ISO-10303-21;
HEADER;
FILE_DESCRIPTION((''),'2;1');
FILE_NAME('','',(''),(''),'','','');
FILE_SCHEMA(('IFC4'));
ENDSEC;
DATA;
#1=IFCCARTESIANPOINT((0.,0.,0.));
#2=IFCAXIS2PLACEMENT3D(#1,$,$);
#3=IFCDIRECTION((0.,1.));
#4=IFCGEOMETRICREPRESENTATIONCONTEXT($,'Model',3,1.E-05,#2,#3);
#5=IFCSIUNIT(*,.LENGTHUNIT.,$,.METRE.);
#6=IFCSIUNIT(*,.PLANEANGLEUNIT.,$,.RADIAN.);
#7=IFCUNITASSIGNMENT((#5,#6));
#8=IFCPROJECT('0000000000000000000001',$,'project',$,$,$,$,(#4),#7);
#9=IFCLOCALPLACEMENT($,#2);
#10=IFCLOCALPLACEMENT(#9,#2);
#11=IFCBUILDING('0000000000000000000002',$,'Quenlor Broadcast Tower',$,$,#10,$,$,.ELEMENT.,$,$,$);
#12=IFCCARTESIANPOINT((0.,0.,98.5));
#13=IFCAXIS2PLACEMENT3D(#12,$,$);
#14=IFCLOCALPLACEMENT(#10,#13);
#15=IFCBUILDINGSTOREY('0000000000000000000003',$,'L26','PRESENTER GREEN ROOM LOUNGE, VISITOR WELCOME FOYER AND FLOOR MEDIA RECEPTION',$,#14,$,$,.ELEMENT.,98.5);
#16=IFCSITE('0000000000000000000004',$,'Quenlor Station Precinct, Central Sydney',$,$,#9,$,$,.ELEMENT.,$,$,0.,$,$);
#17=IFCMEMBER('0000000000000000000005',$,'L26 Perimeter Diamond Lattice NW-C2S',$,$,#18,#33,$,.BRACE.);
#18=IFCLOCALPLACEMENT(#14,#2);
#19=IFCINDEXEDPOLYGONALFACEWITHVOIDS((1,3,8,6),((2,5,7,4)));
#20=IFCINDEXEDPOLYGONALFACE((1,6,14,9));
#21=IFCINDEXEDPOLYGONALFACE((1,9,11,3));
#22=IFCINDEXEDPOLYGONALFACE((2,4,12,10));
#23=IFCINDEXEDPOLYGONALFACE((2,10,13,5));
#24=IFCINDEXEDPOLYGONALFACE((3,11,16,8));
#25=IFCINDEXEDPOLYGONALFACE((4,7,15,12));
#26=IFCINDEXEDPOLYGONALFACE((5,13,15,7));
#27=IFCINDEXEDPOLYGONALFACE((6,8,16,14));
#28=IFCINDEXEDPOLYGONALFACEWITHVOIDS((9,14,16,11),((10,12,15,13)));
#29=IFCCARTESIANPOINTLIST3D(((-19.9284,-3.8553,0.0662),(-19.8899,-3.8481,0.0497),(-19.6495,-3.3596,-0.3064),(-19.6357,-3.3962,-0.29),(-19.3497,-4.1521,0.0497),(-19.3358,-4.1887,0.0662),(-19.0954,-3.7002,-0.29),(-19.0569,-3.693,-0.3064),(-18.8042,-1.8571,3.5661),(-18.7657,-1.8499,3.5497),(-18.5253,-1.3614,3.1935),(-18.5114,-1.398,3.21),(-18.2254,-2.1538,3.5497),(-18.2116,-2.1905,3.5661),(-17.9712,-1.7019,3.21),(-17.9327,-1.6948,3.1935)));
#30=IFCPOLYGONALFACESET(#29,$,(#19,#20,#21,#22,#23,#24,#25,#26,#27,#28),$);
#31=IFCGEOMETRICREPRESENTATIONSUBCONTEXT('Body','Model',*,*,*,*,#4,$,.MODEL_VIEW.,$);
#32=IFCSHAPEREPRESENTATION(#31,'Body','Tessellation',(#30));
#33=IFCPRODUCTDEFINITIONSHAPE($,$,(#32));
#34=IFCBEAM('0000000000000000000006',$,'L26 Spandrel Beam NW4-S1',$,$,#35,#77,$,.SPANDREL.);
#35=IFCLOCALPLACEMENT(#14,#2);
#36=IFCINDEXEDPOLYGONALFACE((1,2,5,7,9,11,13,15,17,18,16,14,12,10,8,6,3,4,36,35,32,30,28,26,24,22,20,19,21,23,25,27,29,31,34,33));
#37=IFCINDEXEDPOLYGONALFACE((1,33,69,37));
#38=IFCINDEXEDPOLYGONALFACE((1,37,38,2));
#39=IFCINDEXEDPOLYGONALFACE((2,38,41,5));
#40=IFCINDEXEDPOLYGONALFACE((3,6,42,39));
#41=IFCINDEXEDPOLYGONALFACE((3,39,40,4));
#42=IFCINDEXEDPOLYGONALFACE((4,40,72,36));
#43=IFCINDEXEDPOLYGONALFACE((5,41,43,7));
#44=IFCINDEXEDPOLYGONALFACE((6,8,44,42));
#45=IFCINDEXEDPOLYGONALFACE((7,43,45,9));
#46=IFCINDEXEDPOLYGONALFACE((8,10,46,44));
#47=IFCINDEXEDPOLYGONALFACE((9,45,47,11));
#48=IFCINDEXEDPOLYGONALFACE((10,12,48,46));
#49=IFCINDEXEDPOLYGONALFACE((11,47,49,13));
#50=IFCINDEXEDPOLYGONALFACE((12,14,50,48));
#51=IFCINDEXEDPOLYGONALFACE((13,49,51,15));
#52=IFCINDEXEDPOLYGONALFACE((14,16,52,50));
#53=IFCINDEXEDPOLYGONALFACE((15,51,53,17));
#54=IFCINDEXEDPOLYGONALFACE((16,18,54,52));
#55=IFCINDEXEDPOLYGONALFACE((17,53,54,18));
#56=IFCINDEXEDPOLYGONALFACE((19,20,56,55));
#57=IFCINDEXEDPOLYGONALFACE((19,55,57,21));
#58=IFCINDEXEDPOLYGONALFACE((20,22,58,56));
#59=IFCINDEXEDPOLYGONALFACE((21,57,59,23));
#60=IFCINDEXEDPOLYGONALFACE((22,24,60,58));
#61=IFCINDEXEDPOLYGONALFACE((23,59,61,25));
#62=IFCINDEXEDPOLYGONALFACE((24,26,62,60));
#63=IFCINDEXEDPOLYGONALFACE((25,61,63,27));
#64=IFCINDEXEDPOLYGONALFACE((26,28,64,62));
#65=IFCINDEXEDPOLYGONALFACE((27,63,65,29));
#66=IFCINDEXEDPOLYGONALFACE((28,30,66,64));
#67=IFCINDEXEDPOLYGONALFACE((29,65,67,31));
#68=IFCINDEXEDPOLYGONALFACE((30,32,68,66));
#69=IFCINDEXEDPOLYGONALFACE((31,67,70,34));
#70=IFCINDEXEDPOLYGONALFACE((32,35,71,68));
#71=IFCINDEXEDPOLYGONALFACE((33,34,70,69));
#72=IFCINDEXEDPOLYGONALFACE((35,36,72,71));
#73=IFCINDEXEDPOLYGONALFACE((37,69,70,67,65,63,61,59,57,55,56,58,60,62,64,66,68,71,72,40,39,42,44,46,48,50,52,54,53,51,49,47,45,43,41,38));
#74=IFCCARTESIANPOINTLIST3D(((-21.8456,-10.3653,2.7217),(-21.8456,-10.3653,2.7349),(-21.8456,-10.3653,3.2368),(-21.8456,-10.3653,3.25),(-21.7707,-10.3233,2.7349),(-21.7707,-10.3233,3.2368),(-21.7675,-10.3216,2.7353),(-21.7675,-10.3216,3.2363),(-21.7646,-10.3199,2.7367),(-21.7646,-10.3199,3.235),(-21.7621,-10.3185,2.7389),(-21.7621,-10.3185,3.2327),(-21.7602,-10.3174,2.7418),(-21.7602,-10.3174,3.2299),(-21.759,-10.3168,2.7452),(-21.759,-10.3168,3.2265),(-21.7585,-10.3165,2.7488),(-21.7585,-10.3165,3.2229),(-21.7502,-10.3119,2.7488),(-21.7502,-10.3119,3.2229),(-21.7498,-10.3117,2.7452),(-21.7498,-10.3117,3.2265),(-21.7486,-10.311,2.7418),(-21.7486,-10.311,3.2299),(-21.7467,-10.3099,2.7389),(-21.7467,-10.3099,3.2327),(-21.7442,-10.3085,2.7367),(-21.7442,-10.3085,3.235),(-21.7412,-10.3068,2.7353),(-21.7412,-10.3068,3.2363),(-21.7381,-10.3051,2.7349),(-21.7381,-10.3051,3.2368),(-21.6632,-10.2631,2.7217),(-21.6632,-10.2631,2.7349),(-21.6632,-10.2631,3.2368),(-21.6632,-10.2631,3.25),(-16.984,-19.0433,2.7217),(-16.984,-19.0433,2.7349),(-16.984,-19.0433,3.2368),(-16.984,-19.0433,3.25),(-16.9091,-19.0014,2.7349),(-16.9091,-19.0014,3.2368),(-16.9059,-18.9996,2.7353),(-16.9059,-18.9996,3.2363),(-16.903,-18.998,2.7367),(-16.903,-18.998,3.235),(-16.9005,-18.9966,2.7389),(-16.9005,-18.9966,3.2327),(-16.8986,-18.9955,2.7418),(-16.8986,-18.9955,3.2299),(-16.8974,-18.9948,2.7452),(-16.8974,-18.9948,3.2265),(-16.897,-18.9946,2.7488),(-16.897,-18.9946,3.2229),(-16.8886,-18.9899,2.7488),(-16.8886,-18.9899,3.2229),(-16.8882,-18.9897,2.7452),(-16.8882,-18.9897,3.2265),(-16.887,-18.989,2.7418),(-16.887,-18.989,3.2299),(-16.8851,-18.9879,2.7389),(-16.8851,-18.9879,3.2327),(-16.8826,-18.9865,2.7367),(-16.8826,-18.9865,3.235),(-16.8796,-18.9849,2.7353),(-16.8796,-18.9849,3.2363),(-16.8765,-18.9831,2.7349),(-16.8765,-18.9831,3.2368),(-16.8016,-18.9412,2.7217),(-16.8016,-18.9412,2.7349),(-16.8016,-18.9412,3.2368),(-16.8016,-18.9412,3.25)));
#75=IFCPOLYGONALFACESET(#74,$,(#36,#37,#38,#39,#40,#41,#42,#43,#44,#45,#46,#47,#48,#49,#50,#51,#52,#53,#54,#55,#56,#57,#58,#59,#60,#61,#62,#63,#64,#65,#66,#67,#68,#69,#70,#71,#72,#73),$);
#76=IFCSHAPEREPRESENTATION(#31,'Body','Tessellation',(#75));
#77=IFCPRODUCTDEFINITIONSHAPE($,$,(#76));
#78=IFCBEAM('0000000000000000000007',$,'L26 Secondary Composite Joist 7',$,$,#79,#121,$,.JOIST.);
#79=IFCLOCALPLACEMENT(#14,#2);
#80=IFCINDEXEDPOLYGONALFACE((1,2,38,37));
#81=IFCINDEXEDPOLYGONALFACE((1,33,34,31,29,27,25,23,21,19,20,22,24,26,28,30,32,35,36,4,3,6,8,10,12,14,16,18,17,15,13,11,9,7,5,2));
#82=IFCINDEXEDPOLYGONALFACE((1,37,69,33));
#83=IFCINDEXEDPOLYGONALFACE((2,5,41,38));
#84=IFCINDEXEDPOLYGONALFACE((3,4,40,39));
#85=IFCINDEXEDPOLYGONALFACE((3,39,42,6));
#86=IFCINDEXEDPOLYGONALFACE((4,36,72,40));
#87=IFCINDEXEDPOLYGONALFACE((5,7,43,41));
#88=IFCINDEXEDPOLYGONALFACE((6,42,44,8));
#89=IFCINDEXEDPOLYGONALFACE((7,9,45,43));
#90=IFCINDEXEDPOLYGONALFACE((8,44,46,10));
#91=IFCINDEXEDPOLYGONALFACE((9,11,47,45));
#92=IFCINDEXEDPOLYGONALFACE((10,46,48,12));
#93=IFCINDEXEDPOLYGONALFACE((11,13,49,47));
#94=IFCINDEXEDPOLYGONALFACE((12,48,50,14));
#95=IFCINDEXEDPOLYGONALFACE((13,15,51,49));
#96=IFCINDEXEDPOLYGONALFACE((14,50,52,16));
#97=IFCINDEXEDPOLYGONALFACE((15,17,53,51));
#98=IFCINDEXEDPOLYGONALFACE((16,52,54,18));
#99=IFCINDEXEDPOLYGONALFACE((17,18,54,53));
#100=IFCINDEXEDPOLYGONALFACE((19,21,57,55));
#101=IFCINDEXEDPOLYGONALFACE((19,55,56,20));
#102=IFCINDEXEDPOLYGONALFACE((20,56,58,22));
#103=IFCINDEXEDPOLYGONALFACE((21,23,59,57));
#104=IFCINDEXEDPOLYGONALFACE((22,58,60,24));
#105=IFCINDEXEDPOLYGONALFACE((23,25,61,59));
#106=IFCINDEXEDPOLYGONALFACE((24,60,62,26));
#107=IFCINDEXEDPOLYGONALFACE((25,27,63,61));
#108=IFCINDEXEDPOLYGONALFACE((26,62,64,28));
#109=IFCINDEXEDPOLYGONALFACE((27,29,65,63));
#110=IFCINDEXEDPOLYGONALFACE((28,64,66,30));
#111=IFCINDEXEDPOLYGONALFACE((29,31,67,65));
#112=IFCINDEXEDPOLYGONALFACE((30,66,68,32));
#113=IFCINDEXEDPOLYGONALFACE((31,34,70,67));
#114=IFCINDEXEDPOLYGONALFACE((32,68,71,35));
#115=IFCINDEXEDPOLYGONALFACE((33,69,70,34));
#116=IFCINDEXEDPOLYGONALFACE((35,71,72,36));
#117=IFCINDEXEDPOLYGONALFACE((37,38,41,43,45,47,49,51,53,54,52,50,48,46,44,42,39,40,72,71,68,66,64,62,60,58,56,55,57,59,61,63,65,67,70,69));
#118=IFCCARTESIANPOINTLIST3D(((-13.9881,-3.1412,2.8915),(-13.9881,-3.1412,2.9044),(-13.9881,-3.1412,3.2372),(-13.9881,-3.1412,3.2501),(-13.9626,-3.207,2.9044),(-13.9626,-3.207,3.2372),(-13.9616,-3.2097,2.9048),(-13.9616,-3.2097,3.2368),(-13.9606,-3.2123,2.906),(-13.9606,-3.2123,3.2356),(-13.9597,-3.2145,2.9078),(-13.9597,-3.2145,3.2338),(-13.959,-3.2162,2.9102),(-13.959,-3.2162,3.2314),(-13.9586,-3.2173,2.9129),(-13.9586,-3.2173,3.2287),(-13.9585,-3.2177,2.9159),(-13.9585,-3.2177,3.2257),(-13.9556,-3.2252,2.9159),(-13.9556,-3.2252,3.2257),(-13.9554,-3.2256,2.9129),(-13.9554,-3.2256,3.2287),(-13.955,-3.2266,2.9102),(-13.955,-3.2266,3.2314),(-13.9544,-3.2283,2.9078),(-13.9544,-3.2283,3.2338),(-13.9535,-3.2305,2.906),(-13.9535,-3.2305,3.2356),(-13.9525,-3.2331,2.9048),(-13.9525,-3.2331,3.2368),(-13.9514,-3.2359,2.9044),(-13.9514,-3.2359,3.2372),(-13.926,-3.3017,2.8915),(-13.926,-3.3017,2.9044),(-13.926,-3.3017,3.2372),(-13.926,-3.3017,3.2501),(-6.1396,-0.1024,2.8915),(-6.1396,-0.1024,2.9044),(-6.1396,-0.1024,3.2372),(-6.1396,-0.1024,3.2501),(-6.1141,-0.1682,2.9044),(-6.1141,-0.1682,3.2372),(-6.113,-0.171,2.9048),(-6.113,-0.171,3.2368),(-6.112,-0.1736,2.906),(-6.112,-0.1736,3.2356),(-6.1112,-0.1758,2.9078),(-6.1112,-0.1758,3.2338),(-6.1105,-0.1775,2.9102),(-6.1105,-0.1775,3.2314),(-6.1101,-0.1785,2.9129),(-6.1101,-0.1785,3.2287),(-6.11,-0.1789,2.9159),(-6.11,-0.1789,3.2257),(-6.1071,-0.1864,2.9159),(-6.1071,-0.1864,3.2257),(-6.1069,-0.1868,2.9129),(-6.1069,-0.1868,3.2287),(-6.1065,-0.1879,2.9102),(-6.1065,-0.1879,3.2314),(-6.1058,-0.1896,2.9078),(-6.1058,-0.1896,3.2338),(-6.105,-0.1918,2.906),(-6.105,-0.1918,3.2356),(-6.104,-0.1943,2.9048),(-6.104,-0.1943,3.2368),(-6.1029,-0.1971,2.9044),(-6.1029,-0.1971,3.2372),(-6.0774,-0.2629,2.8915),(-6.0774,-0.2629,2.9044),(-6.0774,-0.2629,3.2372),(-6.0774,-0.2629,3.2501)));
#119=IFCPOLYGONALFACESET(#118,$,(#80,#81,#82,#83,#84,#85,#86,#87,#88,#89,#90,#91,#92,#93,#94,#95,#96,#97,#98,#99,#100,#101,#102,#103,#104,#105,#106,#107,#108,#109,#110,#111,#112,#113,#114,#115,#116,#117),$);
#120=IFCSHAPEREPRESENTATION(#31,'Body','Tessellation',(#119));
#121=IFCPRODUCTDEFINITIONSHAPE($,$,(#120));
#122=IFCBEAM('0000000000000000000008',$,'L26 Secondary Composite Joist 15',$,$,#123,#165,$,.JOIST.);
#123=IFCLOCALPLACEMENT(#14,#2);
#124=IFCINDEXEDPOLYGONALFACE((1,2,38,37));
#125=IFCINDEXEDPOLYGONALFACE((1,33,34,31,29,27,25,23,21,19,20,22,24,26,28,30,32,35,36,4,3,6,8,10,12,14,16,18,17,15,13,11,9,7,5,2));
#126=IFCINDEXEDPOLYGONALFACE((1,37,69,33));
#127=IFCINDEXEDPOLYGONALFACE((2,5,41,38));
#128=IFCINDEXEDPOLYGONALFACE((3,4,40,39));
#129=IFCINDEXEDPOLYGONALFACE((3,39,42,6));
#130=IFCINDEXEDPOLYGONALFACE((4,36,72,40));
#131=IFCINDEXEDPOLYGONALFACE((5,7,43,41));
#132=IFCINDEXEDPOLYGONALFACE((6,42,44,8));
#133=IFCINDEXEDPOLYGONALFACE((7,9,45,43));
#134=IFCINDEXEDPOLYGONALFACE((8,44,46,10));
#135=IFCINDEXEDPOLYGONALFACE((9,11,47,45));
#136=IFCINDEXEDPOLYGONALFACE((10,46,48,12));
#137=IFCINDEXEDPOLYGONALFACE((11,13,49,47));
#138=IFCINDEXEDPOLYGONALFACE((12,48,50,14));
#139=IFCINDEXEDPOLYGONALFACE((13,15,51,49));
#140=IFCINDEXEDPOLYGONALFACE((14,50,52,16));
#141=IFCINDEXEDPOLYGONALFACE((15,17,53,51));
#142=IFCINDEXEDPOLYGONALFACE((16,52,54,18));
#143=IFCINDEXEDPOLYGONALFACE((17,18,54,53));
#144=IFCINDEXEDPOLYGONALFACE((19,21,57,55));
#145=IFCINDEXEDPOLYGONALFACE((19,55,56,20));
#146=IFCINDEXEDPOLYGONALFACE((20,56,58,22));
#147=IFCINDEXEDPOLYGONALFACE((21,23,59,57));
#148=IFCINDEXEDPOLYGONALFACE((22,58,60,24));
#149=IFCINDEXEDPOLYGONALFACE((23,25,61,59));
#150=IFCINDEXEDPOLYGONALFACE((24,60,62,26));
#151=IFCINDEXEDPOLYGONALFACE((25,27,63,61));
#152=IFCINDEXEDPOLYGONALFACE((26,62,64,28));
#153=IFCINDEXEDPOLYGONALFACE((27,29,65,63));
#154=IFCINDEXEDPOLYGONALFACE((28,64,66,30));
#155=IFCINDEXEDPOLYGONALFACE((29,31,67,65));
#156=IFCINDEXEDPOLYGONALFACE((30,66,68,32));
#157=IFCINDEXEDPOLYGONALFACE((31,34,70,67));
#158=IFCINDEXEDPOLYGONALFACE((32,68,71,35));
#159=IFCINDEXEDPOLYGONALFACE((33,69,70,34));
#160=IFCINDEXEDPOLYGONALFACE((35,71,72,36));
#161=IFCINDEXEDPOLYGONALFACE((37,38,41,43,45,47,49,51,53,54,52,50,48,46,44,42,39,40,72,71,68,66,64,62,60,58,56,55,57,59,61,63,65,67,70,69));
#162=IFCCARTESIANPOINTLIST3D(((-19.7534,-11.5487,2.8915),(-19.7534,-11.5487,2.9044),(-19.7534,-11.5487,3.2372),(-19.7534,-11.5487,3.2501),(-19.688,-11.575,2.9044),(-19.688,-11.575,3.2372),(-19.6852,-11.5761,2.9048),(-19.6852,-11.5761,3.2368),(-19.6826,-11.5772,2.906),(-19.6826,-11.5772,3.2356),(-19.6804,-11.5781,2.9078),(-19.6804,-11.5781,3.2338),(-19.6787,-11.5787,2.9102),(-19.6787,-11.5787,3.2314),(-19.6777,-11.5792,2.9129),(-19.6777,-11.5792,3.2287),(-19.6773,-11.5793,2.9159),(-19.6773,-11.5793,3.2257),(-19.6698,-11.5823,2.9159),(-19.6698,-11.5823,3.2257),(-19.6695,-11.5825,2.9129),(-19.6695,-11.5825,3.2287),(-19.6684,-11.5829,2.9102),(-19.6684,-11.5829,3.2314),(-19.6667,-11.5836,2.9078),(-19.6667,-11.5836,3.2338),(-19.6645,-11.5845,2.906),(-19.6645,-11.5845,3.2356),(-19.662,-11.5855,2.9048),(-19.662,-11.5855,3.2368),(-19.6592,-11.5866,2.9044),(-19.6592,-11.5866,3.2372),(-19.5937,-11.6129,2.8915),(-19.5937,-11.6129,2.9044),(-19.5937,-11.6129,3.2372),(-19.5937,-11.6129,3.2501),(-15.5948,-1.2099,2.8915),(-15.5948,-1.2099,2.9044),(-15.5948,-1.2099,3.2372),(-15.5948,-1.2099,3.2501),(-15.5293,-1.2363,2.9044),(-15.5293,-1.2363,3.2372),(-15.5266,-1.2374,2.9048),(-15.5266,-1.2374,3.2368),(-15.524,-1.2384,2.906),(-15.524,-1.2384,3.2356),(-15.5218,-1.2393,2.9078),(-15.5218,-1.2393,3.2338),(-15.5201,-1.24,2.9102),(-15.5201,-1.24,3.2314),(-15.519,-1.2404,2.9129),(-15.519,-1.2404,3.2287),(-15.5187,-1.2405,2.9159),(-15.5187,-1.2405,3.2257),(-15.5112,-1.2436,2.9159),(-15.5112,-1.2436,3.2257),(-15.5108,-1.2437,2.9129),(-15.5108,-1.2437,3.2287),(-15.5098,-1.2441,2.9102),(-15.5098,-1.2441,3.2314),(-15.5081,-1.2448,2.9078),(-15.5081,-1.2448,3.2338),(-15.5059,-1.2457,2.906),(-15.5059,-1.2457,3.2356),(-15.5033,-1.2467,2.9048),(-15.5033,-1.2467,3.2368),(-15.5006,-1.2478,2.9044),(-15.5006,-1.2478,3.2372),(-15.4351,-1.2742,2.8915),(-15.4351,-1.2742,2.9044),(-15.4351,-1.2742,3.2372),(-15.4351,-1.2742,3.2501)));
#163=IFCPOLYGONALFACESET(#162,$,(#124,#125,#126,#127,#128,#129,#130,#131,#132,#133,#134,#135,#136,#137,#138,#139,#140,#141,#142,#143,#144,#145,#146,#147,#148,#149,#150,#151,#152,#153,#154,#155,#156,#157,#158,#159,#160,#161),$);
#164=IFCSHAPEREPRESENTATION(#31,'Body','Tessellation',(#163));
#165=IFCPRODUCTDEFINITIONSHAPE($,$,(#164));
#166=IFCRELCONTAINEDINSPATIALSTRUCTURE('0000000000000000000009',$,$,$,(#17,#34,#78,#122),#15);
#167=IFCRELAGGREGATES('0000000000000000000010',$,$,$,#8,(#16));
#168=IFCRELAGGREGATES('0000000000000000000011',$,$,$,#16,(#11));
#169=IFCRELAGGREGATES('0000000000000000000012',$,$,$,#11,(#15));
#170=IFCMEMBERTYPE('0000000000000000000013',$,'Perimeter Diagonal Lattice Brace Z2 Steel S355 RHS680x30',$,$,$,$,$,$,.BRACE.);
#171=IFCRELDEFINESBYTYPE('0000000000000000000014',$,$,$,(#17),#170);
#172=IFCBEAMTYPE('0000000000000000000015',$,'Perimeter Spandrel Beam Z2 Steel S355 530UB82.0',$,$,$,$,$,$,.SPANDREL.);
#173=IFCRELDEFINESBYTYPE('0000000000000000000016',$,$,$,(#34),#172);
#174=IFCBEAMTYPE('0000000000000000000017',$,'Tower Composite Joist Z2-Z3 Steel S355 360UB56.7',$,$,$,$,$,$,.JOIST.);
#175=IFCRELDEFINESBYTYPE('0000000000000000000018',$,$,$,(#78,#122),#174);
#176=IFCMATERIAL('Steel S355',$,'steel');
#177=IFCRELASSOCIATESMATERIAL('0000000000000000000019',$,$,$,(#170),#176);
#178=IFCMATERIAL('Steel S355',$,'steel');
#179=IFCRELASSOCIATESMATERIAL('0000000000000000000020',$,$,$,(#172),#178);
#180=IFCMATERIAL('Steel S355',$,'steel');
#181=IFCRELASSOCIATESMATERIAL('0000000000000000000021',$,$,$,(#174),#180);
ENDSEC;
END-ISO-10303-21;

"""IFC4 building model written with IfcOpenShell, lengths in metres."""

from ifc_helpers import new_model, si_unit, direction, frame, origin, origin_2d, place, context, subcontext, project, spatial, hollow_rectangle, i_section, extrude, material, material_profile, profile_set, type_object, element, save


model = new_model("IFC4")

# Units and contexts
model_context = context("Model", 3, precision=1e-05, world=origin(), true_north=direction((0.0, 1.0)))
body_context = subcontext(model_context, "Body", "Model", "MODEL_VIEW")
ifc_project = project(units=[si_unit("LENGTHUNIT", "METRE"), si_unit("PLANEANGLEUNIT", "RADIAN")], contexts=[model_context])

# Site, building, storey
site_placement = place(None, origin())
site = spatial("IfcSite", under=ifc_project, at=site_placement, Name="Quenlor Station Precinct, Central Sydney", CompositionType="ELEMENT", RefElevation=0.0)
building_placement = place(site_placement, origin())
building = spatial("IfcBuilding", under=site, at=building_placement, Name="Quenlor Broadcast Tower", CompositionType="ELEMENT")
storey_placement = place(building_placement, frame((0.0, 0.0, 98.5)))
storey = spatial("IfcBuildingStorey", under=building, at=storey_placement, Name="L26", Description="PRESENTER GREEN ROOM LOUNGE, VISITOR WELCOME FOYER AND FLOOR MEDIA RECEPTION", CompositionType="ELEMENT", Elevation=98.5)

# Member
ifc_material_1 = material(Name="Steel S355", Category="steel")
ifc_material_profile_1 = material_profile(ifc_material_1, hollow_rectangle(XDim=0.6799, YDim=0.6799, WallThickness=0.03, at=origin_2d()))
ifc_profile_set_1 = profile_set([ifc_material_profile_1], Name="Steel S355 RHS680x680x30")
member_type_1 = type_object("IfcMemberType", Name="Perimeter Diagonal Lattice Brace Z2 Steel S355 RHS680x30", PredefinedType="BRACE", material=ifc_profile_set_1)
for number, where, z_axis, x_axis, name in (
    (1, (-19.4927, -3.7742, -0.1201), (0.268697, 0.477585, 0.836489), (-0.871533, 0.490337, 0.0), "L26 Perimeter Diamond Lattice NW-C2S"),
):
    element("IfcMember", number, at=place(storey_placement, frame(where, z_axis=z_axis, x_axis=x_axis)), inside=storey, type_object=member_type_1, Name=name, PredefinedType="BRACE", context=body_context, shape_type="SweptSolid", body=[
        extrude(hollow_rectangle(XDim=0.6799, YDim=0.6799, WallThickness=0.03, at=origin_2d()), origin(), (0.0, 0.0, 1.0), 4.1841),
    ])

# Beams
ifc_material_2 = material(Name="Steel S355", Category="steel")
ifc_material_profile_2 = material_profile(ifc_material_2, i_section(OverallWidth=0.209, OverallDepth=0.5283, WebThickness=0.0095, FlangeThickness=0.0132, FilletRadius=0.0139, at=origin_2d()))
ifc_profile_set_2 = profile_set([ifc_material_profile_2], Name="Steel S355 530UB82.0")
beam_type_1 = type_object("IfcBeamType", Name="Perimeter Spandrel Beam Z2 Steel S355 530UB82.0", PredefinedType="SPANDREL", material=ifc_profile_set_2)
beam_1_placement = place(storey_placement, frame((-21.7544, -10.3142, 2.9858), z_axis=(0.488749, -0.872424, 0.0), x_axis=(0.872424, 0.488749, 0.0)))
element("IfcBeam", 2, at=beam_1_placement, inside=storey, type_object=beam_type_1, Name="L26 Spandrel Beam NW4-S1", PredefinedType="SPANDREL", context=body_context, shape_type="SweptSolid", body=[
    extrude(i_section(OverallWidth=0.209, OverallDepth=0.5283, WebThickness=0.0095, FlangeThickness=0.0132, FilletRadius=0.0139, at=origin_2d()), origin(), (0.0, 0.0, 1.0), 9.947),
])
ifc_material_3 = material(Name="Steel S355", Category="steel")
ifc_material_profile_3 = material_profile(ifc_material_3, i_section(OverallWidth=0.1721, OverallDepth=0.3586, WebThickness=0.0081, FlangeThickness=0.0129, FilletRadius=0.0115, at=origin_2d()))
ifc_profile_set_3 = profile_set([ifc_material_profile_3], Name="Steel S355 360UB56.7")
beam_type_2 = type_object("IfcBeamType", Name="Tower Composite Joist Z2-Z3 Steel S355 360UB56.7", PredefinedType="JOIST", material=ifc_profile_set_3)
beam_2_placement = place(storey_placement, frame((-13.957, -3.2214, 3.0708), z_axis=(0.932543, 0.36106, 0.0), x_axis=(-0.36106, 0.932543, 0.0)))
element("IfcBeam", 3, at=beam_2_placement, inside=storey, type_object=beam_type_2, Name="L26 Secondary Composite Joist 7", PredefinedType="JOIST", context=body_context, shape_type="SweptSolid", body=[
    extrude(i_section(OverallWidth=0.1721, OverallDepth=0.3586, WebThickness=0.0081, FlangeThickness=0.0129, FilletRadius=0.0115, at=origin_2d()), origin(), (0.0, 0.0, 1.0), 8.4163),
])
beam_3_placement = place(storey_placement, frame((-19.6736, -11.5808, 3.0708), z_axis=(0.37318, 0.927759, 0.0), x_axis=(-0.927759, 0.37318, 0.0)))
element("IfcBeam", 4, at=beam_3_placement, inside=storey, type_object=beam_type_2, Name="L26 Secondary Composite Joist 15", PredefinedType="JOIST", context=body_context, shape_type="SweptSolid", body=[
    extrude(i_section(OverallWidth=0.1721, OverallDepth=0.3586, WebThickness=0.0081, FlangeThickness=0.0129, FilletRadius=0.0115, at=origin_2d()), origin(), (0.0, 0.0, 1.0), 11.1438),
])

save(model, "model.ifc")
